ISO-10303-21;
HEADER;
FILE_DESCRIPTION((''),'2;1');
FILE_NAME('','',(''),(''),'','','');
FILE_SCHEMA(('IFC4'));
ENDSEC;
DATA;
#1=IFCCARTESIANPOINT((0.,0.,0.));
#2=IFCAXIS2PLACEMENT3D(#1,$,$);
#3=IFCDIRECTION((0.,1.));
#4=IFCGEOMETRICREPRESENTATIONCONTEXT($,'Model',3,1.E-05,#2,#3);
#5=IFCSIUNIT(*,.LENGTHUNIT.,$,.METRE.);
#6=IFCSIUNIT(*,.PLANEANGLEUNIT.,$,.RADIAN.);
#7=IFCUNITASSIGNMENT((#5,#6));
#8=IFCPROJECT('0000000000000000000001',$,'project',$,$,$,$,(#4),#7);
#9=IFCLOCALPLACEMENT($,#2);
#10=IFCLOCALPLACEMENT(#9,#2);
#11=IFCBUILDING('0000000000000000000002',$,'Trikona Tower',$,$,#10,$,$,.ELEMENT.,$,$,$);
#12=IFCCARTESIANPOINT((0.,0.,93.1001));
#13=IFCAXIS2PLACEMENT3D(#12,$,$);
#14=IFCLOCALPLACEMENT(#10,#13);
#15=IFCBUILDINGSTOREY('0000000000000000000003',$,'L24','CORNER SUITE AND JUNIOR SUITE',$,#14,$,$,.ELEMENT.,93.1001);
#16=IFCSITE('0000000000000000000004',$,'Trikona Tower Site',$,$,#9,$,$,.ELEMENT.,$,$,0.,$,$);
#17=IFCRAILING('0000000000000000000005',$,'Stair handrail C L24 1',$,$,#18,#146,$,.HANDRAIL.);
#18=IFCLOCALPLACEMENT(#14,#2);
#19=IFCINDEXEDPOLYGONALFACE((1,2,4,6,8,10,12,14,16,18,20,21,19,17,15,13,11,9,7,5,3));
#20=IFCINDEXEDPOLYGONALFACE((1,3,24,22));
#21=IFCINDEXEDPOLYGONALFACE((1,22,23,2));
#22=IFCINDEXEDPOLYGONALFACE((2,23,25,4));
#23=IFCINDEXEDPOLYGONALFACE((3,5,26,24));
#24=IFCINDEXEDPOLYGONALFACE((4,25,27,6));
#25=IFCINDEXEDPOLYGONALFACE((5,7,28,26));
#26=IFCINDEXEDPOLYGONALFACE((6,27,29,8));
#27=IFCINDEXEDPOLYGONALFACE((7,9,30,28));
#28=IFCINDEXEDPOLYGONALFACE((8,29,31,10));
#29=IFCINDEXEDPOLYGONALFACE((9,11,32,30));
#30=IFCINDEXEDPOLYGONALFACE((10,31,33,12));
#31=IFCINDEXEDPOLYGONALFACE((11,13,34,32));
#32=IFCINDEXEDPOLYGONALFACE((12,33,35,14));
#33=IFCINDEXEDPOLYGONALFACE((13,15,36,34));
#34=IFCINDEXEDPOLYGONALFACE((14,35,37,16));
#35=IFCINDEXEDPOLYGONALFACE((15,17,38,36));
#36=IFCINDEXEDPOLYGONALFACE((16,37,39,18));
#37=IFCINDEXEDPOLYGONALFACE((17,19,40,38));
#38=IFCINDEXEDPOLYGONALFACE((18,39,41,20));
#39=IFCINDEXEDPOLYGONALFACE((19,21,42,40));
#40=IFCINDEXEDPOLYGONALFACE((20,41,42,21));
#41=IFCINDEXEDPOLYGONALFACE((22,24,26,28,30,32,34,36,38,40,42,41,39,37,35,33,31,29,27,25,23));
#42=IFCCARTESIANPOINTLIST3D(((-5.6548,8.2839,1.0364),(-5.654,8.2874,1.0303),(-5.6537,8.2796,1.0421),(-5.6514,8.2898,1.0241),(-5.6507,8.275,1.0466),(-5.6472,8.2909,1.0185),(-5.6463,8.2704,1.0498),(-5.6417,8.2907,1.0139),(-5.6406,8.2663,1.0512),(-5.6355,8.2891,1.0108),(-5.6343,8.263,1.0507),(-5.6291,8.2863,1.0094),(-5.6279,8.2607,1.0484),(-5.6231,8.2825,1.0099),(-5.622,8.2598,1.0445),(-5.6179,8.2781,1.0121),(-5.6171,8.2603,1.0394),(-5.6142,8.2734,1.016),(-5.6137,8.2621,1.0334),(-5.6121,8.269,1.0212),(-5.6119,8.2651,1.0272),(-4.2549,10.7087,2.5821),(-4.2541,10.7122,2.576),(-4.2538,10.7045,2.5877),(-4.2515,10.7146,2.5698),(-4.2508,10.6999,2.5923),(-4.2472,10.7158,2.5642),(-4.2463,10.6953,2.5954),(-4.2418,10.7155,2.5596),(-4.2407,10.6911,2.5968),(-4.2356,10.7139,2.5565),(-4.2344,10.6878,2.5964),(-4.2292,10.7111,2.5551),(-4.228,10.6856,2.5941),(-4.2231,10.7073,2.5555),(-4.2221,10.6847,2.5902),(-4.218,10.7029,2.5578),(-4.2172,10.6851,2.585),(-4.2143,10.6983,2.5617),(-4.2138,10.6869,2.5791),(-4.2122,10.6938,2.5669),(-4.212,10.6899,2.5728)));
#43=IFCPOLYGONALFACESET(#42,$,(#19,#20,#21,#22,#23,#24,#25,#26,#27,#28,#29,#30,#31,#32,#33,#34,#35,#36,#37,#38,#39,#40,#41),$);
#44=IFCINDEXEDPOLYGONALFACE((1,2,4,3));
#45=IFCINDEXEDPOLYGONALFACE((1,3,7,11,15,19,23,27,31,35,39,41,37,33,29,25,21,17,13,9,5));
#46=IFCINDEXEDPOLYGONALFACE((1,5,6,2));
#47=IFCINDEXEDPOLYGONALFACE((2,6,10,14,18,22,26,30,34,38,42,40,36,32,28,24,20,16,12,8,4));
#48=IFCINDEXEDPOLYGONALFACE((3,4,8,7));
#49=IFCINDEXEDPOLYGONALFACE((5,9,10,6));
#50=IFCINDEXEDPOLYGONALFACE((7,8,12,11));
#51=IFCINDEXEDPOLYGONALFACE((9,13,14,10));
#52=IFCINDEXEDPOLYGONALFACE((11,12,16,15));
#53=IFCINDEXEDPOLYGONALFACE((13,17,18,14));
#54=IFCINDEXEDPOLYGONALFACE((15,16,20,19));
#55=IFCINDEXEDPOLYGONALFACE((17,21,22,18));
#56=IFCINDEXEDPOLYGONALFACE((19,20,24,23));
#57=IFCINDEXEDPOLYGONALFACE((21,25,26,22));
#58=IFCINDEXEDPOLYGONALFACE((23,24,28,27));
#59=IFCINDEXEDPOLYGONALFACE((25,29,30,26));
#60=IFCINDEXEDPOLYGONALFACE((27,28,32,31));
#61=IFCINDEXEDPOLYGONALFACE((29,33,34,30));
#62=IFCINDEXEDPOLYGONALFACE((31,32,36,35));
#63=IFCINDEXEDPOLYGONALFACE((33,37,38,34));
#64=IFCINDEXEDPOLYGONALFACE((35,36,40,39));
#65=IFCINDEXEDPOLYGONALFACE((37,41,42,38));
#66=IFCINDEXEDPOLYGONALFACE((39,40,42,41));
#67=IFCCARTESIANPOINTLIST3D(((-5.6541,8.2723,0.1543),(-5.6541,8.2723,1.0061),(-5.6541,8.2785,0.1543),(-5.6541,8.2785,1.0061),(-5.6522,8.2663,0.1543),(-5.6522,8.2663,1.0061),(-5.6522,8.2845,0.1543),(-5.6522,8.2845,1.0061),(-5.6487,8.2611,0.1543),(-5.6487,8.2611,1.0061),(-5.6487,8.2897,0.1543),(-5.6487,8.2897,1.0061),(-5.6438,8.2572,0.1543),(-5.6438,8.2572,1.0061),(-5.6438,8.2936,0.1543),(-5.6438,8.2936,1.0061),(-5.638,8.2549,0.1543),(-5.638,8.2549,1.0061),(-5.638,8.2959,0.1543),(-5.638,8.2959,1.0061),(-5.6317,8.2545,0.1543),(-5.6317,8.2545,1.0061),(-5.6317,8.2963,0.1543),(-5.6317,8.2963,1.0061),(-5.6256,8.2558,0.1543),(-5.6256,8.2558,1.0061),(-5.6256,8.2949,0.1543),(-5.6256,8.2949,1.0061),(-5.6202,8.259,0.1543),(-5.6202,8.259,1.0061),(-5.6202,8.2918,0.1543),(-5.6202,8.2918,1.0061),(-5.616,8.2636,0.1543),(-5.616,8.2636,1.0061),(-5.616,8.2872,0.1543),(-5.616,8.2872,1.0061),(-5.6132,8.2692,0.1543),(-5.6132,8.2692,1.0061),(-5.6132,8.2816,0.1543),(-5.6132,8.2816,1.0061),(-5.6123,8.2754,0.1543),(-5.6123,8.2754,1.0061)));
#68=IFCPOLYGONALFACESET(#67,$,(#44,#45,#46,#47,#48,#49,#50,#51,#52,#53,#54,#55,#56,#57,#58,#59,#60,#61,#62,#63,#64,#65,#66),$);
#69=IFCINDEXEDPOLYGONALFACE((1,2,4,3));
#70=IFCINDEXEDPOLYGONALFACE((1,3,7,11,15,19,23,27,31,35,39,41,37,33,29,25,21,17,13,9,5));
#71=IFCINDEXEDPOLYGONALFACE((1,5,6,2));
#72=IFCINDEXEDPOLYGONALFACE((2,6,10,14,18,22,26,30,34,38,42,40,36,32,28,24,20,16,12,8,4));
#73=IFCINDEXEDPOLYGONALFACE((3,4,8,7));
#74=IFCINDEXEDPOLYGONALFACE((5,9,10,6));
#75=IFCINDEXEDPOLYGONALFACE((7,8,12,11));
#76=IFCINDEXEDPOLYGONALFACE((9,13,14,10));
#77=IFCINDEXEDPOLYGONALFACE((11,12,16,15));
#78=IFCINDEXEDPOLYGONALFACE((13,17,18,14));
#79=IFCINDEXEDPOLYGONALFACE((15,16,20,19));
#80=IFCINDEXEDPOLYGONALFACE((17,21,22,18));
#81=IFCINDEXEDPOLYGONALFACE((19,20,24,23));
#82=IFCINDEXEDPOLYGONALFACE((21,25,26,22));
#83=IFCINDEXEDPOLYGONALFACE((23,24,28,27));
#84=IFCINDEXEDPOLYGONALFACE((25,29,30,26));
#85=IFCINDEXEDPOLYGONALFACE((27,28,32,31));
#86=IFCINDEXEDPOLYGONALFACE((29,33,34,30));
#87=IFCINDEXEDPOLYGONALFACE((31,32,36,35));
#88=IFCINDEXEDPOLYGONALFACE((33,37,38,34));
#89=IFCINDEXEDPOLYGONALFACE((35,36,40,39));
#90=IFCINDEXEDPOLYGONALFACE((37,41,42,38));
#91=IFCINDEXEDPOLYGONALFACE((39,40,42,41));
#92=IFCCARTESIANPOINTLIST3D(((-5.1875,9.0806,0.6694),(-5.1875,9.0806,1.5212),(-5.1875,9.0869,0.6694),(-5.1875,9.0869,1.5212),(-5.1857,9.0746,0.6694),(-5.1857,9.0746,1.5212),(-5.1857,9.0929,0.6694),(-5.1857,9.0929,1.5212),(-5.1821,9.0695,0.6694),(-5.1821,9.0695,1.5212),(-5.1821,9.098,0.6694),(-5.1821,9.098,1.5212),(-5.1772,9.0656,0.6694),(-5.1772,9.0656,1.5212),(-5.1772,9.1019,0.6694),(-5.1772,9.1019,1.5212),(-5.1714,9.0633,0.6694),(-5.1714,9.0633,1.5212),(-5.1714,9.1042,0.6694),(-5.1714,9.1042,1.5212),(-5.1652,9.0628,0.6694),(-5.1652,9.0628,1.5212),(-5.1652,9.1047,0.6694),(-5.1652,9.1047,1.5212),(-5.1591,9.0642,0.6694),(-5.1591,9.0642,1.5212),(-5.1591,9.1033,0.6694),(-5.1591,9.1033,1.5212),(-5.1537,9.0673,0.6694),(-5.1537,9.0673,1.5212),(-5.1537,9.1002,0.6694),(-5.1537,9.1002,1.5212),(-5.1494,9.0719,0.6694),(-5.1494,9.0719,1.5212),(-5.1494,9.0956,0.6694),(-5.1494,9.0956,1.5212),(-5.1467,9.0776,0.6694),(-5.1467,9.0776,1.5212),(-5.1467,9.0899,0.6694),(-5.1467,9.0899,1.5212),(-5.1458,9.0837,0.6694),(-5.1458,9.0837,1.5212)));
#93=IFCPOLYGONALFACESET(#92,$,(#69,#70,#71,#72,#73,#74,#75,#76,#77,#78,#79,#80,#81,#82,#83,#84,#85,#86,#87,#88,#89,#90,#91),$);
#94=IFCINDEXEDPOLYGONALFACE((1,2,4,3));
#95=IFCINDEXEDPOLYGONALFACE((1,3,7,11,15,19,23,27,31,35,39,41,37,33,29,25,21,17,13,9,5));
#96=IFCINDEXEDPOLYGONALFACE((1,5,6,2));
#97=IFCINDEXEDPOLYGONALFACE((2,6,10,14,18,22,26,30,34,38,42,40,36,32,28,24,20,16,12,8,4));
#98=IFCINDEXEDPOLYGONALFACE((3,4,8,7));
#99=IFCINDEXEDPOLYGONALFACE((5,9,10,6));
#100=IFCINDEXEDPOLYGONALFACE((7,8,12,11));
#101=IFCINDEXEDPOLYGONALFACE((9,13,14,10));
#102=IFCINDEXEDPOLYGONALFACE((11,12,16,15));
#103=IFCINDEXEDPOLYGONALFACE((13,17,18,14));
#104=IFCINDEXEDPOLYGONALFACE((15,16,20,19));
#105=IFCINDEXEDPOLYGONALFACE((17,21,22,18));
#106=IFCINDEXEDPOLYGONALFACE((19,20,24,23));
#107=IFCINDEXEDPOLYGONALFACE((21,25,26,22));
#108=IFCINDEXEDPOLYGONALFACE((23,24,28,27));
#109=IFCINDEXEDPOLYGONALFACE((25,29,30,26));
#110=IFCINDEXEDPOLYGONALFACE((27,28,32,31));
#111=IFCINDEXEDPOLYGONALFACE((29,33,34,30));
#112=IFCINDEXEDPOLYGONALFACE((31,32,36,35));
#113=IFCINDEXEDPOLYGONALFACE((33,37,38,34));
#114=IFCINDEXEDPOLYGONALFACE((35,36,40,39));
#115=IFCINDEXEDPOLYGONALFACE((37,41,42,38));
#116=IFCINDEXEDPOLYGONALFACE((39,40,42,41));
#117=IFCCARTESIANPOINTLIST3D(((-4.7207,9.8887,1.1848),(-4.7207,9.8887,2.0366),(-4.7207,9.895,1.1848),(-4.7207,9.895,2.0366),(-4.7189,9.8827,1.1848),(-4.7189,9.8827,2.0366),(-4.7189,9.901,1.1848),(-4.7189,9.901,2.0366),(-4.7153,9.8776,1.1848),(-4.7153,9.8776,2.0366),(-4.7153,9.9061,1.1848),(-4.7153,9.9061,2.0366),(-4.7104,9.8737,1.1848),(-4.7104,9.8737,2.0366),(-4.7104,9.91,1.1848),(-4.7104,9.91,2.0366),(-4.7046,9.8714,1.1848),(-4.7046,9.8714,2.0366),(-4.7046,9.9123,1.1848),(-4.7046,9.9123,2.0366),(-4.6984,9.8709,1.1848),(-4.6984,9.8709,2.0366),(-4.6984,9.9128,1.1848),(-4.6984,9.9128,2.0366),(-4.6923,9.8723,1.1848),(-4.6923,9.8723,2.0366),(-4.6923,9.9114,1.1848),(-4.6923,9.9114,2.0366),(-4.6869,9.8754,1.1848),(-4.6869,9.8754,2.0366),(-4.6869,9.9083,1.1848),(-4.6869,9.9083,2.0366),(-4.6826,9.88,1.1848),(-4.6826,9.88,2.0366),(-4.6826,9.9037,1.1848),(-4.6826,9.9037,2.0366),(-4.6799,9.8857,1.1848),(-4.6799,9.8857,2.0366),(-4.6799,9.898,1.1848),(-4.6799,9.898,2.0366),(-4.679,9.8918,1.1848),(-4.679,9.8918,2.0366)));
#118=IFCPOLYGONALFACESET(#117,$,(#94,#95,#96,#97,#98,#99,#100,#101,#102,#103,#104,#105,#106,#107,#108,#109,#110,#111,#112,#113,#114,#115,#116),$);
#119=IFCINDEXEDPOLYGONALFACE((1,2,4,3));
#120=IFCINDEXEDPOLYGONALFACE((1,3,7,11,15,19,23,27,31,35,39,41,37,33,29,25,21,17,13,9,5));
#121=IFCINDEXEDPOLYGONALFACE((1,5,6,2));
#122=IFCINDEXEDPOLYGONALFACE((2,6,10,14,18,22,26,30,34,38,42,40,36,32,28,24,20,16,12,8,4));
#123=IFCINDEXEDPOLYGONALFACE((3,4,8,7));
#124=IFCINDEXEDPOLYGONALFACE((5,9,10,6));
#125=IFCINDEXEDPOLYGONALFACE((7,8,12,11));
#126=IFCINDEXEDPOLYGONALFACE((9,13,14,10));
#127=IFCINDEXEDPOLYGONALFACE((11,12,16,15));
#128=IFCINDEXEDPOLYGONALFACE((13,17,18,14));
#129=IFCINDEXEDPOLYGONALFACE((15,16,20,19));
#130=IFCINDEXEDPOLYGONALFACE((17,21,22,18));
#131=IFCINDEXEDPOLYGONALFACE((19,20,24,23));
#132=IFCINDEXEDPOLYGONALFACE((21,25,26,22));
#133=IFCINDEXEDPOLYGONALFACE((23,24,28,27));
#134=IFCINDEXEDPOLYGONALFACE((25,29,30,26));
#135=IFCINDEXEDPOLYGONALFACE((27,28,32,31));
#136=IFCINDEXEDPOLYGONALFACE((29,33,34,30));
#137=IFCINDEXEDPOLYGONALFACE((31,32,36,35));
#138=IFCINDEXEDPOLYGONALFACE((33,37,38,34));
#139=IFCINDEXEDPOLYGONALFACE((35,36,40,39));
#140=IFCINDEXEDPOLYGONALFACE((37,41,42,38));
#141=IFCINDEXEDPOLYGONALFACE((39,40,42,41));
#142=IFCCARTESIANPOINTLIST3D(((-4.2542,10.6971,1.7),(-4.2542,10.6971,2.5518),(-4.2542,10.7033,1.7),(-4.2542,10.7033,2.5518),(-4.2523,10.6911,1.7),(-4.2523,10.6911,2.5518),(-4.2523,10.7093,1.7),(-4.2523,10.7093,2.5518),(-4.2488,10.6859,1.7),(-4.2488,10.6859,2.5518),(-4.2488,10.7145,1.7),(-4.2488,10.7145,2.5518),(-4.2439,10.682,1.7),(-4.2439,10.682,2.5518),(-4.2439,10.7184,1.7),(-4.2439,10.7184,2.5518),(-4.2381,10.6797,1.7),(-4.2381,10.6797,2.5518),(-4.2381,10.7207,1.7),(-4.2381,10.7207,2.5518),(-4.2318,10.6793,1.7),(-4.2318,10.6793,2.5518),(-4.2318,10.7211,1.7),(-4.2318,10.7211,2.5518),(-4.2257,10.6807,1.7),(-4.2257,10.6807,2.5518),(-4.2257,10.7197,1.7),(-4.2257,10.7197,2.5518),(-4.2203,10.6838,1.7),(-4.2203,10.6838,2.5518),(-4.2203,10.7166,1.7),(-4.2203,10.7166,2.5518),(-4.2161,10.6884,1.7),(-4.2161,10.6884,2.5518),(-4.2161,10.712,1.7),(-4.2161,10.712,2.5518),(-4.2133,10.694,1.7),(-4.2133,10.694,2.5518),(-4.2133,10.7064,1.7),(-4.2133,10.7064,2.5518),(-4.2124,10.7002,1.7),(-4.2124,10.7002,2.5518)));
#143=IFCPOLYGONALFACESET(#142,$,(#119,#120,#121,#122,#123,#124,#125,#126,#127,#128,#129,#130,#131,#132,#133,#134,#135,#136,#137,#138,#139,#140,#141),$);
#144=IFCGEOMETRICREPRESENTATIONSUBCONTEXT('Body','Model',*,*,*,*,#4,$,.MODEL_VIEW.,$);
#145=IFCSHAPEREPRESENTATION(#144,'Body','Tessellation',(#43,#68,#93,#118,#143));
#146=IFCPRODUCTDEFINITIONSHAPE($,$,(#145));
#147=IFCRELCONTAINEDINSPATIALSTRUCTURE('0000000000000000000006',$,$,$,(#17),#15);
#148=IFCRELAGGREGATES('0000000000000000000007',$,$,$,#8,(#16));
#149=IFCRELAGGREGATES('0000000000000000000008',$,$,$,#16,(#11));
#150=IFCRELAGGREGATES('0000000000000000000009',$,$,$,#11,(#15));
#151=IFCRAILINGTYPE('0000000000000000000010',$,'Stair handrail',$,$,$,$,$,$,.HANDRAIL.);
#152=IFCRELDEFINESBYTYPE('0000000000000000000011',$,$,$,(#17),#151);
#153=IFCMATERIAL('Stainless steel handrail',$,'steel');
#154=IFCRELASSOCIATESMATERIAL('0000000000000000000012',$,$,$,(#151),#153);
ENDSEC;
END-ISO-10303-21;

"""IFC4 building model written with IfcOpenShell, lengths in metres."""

from ifc_helpers import new_model, si_unit, direction, frame, origin, origin_2d, place, context, subcontext, project, spatial, circle, extrude, material, type_object, element, save


model = new_model("IFC4")

# Units and contexts
model_context = context("Model", 3, precision=1e-05, world=origin(), true_north=direction((0.0, 1.0)))
body_context = subcontext(model_context, "Body", "Model", "MODEL_VIEW")
ifc_project = project(units=[si_unit("LENGTHUNIT", "METRE"), si_unit("PLANEANGLEUNIT", "RADIAN")], contexts=[model_context])

# Site, building, storey
site_placement = place(None, origin())
site = spatial("IfcSite", under=ifc_project, at=site_placement, Name="Trikona Tower Site", CompositionType="ELEMENT", RefElevation=0.0)
building_placement = place(site_placement, origin())
building = spatial("IfcBuilding", under=site, at=building_placement, Name="Trikona Tower", CompositionType="ELEMENT")
storey_placement = place(building_placement, frame((0.0, 0.0, 93.1001)))
storey = spatial("IfcBuildingStorey", under=building, at=storey_placement, Name="L24", Description="CORNER SUITE AND JUNIOR SUITE", CompositionType="ELEMENT", Elevation=93.1001)

# Railing
ifc_material_1 = material(Name="Stainless steel handrail", Category="steel")
railing_type = type_object("IfcRailingType", Name="Stair handrail", PredefinedType="HANDRAIL", material=ifc_material_1)
railing_1_placement = place(storey_placement, frame((-5.6333, 8.2754, 0.1543)))
element("IfcRailing", 1, at=railing_1_placement, inside=storey, type_object=railing_type, Name="Stair handrail C L24 1", PredefinedType="HANDRAIL", context=body_context, shape_type="SweptSolid", body=[
    extrude(circle(Radius=0.0239, at=origin_2d()), frame((0.0, 0.0, 0.876), z_axis=(0.437716, 0.758179, 0.48329), x_axis=(-0.866035, 0.499984, 0.0)), (0.0, 0.0, 1.0), 3.1982),
    extrude(circle(Radius=0.021, at=origin_2d()), origin(), (0.0, 0.0, 1.0), 0.8518),
    extrude(circle(Radius=0.021, at=origin_2d()), frame((0.4666, 0.8083, 0.5151)), (0.0, 0.0, 1.0), 0.8518),
    extrude(circle(Radius=0.021, at=origin_2d()), frame((0.9333, 1.6165, 1.0305)), (0.0, 0.0, 1.0), 0.8518),
    extrude(circle(Radius=0.021, at=origin_2d()), frame((1.3999, 2.4248, 1.5457)), (0.0, 0.0, 1.0), 0.8518),
])

save(model, "model.ifc")
